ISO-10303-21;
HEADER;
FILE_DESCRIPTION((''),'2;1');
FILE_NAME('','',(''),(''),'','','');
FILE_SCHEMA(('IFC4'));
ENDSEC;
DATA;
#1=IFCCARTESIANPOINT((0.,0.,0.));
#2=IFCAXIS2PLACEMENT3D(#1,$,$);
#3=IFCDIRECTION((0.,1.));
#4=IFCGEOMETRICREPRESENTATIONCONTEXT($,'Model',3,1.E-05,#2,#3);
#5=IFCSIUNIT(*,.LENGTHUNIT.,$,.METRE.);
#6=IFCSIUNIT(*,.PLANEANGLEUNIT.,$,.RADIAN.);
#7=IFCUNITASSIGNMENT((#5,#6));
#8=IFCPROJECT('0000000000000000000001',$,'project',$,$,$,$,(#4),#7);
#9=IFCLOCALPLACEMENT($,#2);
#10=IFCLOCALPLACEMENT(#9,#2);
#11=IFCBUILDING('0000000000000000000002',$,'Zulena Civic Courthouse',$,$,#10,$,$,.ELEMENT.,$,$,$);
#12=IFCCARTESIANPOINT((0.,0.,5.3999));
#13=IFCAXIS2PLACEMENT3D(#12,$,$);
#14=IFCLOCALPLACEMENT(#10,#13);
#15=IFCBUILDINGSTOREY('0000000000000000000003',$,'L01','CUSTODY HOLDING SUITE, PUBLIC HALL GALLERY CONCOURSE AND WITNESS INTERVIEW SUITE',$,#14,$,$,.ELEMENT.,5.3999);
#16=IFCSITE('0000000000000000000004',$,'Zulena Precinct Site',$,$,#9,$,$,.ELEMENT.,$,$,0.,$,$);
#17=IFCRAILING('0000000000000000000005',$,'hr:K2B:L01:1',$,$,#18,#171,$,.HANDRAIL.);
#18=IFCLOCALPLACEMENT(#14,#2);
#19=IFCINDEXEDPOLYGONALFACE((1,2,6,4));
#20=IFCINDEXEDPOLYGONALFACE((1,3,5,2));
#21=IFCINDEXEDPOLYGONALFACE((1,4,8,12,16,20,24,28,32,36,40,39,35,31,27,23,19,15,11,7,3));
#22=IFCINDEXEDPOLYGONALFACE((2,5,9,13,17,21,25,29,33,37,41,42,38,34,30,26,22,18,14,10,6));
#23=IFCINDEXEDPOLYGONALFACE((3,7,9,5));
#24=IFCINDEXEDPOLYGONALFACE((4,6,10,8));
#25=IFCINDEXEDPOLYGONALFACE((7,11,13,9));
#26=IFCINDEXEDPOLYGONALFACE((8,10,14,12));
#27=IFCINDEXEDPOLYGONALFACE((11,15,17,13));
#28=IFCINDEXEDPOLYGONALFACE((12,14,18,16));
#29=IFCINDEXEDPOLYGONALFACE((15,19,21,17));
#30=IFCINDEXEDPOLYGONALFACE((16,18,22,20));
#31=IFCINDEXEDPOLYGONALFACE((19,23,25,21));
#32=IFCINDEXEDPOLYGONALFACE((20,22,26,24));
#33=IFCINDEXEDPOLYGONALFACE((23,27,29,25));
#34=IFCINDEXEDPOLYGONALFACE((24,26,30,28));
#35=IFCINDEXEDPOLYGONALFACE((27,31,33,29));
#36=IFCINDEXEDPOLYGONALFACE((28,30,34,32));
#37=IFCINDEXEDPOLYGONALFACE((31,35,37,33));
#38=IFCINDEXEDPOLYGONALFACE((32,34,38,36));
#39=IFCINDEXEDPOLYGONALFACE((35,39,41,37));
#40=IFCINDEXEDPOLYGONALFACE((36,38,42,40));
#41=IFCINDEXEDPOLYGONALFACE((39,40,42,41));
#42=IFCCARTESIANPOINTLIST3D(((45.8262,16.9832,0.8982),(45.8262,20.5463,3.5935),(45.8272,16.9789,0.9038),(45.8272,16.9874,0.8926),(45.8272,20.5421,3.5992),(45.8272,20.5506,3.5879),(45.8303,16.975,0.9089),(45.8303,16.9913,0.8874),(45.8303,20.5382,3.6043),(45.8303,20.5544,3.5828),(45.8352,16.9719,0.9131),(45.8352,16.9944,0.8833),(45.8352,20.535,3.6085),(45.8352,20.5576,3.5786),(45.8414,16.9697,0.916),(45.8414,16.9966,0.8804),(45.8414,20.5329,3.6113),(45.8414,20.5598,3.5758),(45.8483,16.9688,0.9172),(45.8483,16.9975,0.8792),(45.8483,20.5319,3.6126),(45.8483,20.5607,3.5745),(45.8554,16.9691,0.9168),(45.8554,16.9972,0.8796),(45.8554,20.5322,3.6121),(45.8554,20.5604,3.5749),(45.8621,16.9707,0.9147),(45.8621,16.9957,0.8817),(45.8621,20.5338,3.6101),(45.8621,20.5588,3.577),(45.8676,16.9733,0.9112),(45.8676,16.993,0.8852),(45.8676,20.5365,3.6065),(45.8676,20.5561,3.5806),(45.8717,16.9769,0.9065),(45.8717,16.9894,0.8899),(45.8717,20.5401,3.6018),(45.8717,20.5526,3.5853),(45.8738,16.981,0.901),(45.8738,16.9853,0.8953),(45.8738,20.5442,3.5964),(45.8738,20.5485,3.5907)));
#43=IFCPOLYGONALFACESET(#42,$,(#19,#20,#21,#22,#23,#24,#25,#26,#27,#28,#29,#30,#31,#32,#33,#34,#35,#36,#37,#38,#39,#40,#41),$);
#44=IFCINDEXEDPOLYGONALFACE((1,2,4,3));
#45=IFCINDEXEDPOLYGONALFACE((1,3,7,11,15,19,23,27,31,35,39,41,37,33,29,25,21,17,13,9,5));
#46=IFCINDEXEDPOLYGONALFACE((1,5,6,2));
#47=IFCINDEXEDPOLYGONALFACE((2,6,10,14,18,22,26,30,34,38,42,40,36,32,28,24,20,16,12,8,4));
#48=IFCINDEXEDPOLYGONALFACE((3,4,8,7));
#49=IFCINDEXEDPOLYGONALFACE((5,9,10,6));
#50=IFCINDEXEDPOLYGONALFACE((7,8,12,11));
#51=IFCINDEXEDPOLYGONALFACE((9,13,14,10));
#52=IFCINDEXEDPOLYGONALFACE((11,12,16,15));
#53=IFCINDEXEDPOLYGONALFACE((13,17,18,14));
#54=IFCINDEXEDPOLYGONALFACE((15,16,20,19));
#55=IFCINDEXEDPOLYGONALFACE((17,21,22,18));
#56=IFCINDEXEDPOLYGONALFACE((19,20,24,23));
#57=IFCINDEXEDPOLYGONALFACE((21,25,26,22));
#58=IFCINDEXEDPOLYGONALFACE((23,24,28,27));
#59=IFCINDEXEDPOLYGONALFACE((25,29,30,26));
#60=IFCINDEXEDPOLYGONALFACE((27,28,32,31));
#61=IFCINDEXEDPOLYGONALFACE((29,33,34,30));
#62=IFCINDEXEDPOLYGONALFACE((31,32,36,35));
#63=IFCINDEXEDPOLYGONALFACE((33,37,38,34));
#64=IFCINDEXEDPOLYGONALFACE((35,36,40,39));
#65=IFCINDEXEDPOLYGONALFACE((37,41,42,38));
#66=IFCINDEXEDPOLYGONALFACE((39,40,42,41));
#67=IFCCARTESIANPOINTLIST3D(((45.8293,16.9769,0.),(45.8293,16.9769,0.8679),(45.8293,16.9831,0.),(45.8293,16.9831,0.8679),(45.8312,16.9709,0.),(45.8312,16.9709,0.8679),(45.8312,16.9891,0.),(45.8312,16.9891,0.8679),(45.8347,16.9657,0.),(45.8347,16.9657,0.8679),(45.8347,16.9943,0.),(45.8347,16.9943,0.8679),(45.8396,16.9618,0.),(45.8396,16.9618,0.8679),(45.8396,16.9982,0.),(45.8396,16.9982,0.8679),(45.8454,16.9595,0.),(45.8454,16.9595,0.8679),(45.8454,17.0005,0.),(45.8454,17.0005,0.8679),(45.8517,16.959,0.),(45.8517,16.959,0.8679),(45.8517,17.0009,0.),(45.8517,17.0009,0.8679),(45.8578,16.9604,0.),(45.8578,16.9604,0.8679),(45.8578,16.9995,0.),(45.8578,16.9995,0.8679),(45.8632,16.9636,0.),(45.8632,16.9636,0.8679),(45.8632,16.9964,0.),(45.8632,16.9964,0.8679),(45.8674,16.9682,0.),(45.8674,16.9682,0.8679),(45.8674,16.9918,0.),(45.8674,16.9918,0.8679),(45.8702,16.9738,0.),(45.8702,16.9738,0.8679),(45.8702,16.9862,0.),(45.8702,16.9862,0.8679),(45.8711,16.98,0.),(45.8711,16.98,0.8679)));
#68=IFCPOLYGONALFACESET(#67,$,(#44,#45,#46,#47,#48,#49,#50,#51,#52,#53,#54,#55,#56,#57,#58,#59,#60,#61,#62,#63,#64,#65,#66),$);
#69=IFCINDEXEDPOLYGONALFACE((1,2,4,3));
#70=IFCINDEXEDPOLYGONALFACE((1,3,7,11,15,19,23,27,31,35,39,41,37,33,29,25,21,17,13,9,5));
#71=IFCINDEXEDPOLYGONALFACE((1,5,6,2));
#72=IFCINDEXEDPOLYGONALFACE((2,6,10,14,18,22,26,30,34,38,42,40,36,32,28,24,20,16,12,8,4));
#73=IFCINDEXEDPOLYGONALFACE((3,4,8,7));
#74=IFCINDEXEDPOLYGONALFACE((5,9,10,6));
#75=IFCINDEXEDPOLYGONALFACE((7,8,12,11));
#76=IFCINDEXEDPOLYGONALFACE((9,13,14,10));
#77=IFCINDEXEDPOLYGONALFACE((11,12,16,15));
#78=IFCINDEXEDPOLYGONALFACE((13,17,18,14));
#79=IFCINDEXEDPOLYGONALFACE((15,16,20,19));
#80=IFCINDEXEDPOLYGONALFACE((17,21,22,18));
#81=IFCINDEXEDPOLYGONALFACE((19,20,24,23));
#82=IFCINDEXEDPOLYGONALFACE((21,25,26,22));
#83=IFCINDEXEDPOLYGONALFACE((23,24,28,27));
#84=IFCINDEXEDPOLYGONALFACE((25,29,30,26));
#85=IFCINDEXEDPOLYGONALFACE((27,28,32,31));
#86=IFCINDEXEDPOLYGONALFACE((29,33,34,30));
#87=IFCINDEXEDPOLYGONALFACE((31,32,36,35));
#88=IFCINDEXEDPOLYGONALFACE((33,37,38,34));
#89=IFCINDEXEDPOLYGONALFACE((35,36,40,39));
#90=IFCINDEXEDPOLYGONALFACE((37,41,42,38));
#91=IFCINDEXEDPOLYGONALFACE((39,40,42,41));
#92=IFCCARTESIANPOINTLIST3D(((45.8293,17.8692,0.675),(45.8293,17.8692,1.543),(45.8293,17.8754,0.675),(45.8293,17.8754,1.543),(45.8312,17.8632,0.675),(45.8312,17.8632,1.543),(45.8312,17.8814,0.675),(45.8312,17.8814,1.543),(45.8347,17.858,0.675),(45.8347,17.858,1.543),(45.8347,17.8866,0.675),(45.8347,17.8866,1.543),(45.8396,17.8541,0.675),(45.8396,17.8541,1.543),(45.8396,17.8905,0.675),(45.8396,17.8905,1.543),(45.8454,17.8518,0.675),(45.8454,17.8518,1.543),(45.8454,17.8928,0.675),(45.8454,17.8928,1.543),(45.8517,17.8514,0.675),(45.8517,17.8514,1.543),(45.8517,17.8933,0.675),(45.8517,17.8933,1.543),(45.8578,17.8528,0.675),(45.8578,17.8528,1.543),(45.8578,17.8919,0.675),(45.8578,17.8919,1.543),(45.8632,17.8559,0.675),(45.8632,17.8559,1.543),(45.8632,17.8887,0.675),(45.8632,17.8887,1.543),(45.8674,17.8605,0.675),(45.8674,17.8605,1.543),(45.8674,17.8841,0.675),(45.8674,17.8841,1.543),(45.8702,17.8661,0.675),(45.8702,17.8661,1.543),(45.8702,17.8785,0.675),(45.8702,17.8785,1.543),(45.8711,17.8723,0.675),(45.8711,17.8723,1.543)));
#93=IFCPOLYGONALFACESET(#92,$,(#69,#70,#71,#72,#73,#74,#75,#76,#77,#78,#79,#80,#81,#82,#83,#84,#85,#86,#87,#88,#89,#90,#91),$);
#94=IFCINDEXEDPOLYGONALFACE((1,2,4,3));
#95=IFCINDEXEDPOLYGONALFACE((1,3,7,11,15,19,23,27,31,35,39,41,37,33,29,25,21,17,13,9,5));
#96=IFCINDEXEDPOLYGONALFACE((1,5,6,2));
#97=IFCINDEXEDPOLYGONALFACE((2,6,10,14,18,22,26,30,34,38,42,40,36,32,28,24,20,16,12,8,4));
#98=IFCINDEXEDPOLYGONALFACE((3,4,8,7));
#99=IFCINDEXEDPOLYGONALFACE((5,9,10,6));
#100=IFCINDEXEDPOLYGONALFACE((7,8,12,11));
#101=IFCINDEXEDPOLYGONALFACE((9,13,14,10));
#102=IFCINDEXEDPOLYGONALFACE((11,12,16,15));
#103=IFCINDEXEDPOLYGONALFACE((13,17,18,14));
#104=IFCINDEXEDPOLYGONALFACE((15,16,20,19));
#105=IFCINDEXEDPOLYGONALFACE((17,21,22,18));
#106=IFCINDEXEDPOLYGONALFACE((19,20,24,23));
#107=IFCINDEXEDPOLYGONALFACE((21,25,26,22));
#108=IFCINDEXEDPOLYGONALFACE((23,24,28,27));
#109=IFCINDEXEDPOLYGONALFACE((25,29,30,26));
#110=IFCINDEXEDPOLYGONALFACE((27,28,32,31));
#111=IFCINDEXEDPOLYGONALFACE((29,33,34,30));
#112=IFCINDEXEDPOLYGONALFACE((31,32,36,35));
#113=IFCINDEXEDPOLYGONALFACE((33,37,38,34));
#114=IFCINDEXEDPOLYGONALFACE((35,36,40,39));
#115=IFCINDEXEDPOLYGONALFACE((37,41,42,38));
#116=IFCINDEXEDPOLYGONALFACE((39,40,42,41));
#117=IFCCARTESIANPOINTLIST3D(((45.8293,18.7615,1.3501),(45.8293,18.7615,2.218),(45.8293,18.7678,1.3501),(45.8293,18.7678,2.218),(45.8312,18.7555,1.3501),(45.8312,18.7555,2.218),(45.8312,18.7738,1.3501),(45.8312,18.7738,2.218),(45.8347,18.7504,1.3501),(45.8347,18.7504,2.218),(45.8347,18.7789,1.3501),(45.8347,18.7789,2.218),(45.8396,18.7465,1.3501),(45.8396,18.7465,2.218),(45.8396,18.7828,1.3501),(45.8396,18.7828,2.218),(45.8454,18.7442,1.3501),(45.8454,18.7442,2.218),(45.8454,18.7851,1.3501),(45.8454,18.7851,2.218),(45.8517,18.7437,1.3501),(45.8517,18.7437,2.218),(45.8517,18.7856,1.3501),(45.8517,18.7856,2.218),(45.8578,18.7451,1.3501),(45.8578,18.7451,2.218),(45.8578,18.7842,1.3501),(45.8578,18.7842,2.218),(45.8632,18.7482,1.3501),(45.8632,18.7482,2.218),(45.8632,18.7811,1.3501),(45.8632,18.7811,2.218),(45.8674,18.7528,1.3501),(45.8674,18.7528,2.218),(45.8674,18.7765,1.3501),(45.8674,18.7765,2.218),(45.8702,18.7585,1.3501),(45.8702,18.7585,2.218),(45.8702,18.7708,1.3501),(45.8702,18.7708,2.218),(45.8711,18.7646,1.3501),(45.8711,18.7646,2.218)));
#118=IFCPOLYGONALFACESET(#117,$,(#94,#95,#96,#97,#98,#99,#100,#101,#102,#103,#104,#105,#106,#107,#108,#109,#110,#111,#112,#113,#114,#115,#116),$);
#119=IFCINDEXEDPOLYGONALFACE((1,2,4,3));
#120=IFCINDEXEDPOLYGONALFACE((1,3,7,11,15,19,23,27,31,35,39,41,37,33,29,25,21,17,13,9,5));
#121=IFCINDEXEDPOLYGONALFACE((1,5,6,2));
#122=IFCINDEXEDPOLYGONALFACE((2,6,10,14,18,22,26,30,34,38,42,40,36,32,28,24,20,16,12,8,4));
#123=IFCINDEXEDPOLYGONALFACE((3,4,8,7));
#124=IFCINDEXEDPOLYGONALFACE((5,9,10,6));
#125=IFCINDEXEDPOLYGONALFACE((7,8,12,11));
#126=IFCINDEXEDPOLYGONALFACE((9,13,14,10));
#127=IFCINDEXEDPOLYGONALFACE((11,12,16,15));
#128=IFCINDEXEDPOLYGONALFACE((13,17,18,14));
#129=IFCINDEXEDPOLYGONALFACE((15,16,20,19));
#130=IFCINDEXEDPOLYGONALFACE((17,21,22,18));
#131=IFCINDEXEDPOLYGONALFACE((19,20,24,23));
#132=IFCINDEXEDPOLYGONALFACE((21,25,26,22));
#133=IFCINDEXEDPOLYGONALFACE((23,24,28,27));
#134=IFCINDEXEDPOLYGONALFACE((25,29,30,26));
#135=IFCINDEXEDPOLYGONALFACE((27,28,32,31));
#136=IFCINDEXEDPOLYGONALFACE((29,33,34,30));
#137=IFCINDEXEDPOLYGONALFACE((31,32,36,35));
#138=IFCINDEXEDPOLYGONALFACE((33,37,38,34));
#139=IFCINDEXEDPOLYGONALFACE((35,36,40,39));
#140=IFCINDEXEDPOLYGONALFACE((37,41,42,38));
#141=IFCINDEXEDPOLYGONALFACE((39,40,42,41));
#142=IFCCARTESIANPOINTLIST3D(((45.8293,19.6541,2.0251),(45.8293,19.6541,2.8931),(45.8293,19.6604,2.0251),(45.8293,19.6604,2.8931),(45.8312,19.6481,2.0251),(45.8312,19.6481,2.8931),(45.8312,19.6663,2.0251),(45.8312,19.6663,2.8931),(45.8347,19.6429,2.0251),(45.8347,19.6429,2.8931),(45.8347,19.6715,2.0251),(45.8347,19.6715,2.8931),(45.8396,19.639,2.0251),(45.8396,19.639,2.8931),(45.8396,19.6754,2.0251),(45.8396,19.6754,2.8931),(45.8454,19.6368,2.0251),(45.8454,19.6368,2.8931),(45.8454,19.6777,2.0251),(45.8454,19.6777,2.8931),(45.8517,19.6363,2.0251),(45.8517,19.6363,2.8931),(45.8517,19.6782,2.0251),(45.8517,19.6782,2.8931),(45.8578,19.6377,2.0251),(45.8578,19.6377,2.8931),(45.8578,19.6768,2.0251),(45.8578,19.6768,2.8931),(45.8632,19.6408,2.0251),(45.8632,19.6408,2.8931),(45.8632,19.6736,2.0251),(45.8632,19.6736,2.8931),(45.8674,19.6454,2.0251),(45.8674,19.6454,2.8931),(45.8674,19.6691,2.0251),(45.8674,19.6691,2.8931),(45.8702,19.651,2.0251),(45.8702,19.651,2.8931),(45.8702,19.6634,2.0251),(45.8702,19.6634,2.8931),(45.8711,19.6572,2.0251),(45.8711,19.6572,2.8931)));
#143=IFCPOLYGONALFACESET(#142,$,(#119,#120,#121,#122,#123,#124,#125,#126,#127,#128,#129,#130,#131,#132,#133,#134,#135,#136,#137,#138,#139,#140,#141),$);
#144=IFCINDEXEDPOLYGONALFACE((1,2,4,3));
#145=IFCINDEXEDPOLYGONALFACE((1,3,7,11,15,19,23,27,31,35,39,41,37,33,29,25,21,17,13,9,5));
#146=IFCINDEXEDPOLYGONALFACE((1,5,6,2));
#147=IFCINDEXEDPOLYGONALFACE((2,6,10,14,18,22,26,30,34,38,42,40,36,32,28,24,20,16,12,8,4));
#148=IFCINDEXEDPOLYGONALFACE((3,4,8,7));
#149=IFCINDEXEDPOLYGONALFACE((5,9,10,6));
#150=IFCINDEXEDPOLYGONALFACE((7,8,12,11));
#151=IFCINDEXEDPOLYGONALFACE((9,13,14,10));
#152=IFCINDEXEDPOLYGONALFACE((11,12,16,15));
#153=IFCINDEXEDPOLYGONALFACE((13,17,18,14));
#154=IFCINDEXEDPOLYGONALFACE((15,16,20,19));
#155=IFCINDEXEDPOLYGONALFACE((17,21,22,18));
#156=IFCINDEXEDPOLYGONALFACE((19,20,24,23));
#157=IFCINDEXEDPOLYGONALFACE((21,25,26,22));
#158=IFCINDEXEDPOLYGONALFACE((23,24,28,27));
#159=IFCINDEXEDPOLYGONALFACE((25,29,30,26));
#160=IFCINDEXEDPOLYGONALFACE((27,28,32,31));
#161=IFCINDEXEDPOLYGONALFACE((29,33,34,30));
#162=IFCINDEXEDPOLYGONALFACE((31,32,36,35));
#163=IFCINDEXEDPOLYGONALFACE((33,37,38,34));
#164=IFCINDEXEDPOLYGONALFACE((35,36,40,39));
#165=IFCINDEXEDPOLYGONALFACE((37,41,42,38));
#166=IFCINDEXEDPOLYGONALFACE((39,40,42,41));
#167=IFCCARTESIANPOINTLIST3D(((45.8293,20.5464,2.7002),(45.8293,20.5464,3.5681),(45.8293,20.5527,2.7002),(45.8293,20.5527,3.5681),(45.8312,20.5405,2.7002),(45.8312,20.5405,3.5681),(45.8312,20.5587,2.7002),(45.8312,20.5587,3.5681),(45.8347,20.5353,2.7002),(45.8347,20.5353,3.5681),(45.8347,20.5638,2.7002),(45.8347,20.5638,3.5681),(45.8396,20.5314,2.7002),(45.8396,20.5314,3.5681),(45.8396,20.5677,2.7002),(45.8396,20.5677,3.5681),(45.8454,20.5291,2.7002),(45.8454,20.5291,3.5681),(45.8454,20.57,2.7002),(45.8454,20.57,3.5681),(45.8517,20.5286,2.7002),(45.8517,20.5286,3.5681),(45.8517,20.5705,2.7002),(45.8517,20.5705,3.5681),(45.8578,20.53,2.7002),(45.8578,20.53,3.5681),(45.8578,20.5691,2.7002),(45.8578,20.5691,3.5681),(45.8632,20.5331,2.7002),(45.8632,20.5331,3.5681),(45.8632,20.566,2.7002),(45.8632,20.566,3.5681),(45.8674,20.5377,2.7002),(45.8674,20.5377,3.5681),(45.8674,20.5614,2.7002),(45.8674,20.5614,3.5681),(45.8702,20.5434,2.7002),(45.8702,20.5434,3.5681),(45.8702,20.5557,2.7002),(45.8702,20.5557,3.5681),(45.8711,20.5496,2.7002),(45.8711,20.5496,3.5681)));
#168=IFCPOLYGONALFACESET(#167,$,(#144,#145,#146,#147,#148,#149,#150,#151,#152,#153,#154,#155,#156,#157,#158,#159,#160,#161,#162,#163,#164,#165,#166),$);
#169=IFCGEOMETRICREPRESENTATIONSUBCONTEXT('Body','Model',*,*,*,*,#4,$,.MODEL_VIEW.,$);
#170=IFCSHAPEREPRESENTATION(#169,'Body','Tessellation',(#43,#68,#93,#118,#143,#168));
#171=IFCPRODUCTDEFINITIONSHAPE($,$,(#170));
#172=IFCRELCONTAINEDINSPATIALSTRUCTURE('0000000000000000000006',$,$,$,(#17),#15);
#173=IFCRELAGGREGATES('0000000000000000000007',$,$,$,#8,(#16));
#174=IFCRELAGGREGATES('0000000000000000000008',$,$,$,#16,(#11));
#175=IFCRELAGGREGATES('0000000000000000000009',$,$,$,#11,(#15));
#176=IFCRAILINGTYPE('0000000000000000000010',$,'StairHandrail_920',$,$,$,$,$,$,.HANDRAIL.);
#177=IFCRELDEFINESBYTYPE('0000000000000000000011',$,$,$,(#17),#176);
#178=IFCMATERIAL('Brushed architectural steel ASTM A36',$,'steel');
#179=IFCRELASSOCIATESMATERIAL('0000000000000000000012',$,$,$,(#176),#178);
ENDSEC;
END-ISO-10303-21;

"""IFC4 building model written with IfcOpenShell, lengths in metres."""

from ifc_helpers import new_model, si_unit, direction, frame, origin, origin_2d, place, context, subcontext, project, spatial, circle, extrude, material, type_object, element, save


model = new_model("IFC4")

# Units and contexts
model_context = context("Model", 3, precision=1e-05, world=origin(), true_north=direction((0.0, 1.0)))
body_context = subcontext(model_context, "Body", "Model", "MODEL_VIEW")
ifc_project = project(units=[si_unit("LENGTHUNIT", "METRE"), si_unit("PLANEANGLEUNIT", "RADIAN")], contexts=[model_context])

# Site, building, storey
site_placement = place(None, origin())
site = spatial("IfcSite", under=ifc_project, at=site_placement, Name="Zulena Precinct Site", CompositionType="ELEMENT", RefElevation=0.0)
building_placement = place(site_placement, origin())
building = spatial("IfcBuilding", under=site, at=building_placement, Name="Zulena Civic Courthouse", CompositionType="ELEMENT")
storey_placement = place(building_placement, frame((0.0, 0.0, 5.3999)))
storey = spatial("IfcBuildingStorey", under=building, at=storey_placement, Name="L01", Description="CUSTODY HOLDING SUITE, PUBLIC HALL GALLERY CONCOURSE AND WITNESS INTERVIEW SUITE", CompositionType="ELEMENT", Elevation=5.3999)

# Shared definitions
ifc_material_1 = material(Name="Brushed architectural steel ASTM A36", Category="steel")

# Railing
railing_type_1 = type_object("IfcRailingType", Name="StairHandrail_920", PredefinedType="HANDRAIL", material=ifc_material_1)
railing_1_placement = place(storey_placement, frame((45.8501, 16.98, 0.0)))
element("IfcRailing", 1, at=railing_1_placement, inside=storey, type_object=railing_type_1, Name="hr:K2B:L01:1", PredefinedType="HANDRAIL", context=body_context, shape_type="SweptSolid", body=[
    extrude(circle(Radius=0.0239, at=origin_2d()), frame((0.0, 0.0032, 0.8982), z_axis=(0.0, 0.797526, 0.603285), x_axis=(-1.0, 0.0, 0.0)), (0.0, 0.0, 1.0), 4.4678),
    extrude(circle(Radius=0.021, at=origin_2d()), origin(), (0.0, 0.0, 1.0), 0.8679),
    extrude(circle(Radius=0.021, at=origin_2d()), frame((0.0, 0.8923, 0.675)), (0.0, 0.0, 1.0), 0.8679),
    extrude(circle(Radius=0.021, at=origin_2d()), frame((0.0, 1.7847, 1.3501)), (0.0, 0.0, 1.0), 0.8679),
    extrude(circle(Radius=0.021, at=origin_2d()), frame((0.0, 2.6772, 2.0251)), (0.0, 0.0, 1.0), 0.8679),
    extrude(circle(Radius=0.021, at=origin_2d()), frame((0.0, 3.5696, 2.7002)), (0.0, 0.0, 1.0), 0.8679),
])

save(model, "model.ifc")
